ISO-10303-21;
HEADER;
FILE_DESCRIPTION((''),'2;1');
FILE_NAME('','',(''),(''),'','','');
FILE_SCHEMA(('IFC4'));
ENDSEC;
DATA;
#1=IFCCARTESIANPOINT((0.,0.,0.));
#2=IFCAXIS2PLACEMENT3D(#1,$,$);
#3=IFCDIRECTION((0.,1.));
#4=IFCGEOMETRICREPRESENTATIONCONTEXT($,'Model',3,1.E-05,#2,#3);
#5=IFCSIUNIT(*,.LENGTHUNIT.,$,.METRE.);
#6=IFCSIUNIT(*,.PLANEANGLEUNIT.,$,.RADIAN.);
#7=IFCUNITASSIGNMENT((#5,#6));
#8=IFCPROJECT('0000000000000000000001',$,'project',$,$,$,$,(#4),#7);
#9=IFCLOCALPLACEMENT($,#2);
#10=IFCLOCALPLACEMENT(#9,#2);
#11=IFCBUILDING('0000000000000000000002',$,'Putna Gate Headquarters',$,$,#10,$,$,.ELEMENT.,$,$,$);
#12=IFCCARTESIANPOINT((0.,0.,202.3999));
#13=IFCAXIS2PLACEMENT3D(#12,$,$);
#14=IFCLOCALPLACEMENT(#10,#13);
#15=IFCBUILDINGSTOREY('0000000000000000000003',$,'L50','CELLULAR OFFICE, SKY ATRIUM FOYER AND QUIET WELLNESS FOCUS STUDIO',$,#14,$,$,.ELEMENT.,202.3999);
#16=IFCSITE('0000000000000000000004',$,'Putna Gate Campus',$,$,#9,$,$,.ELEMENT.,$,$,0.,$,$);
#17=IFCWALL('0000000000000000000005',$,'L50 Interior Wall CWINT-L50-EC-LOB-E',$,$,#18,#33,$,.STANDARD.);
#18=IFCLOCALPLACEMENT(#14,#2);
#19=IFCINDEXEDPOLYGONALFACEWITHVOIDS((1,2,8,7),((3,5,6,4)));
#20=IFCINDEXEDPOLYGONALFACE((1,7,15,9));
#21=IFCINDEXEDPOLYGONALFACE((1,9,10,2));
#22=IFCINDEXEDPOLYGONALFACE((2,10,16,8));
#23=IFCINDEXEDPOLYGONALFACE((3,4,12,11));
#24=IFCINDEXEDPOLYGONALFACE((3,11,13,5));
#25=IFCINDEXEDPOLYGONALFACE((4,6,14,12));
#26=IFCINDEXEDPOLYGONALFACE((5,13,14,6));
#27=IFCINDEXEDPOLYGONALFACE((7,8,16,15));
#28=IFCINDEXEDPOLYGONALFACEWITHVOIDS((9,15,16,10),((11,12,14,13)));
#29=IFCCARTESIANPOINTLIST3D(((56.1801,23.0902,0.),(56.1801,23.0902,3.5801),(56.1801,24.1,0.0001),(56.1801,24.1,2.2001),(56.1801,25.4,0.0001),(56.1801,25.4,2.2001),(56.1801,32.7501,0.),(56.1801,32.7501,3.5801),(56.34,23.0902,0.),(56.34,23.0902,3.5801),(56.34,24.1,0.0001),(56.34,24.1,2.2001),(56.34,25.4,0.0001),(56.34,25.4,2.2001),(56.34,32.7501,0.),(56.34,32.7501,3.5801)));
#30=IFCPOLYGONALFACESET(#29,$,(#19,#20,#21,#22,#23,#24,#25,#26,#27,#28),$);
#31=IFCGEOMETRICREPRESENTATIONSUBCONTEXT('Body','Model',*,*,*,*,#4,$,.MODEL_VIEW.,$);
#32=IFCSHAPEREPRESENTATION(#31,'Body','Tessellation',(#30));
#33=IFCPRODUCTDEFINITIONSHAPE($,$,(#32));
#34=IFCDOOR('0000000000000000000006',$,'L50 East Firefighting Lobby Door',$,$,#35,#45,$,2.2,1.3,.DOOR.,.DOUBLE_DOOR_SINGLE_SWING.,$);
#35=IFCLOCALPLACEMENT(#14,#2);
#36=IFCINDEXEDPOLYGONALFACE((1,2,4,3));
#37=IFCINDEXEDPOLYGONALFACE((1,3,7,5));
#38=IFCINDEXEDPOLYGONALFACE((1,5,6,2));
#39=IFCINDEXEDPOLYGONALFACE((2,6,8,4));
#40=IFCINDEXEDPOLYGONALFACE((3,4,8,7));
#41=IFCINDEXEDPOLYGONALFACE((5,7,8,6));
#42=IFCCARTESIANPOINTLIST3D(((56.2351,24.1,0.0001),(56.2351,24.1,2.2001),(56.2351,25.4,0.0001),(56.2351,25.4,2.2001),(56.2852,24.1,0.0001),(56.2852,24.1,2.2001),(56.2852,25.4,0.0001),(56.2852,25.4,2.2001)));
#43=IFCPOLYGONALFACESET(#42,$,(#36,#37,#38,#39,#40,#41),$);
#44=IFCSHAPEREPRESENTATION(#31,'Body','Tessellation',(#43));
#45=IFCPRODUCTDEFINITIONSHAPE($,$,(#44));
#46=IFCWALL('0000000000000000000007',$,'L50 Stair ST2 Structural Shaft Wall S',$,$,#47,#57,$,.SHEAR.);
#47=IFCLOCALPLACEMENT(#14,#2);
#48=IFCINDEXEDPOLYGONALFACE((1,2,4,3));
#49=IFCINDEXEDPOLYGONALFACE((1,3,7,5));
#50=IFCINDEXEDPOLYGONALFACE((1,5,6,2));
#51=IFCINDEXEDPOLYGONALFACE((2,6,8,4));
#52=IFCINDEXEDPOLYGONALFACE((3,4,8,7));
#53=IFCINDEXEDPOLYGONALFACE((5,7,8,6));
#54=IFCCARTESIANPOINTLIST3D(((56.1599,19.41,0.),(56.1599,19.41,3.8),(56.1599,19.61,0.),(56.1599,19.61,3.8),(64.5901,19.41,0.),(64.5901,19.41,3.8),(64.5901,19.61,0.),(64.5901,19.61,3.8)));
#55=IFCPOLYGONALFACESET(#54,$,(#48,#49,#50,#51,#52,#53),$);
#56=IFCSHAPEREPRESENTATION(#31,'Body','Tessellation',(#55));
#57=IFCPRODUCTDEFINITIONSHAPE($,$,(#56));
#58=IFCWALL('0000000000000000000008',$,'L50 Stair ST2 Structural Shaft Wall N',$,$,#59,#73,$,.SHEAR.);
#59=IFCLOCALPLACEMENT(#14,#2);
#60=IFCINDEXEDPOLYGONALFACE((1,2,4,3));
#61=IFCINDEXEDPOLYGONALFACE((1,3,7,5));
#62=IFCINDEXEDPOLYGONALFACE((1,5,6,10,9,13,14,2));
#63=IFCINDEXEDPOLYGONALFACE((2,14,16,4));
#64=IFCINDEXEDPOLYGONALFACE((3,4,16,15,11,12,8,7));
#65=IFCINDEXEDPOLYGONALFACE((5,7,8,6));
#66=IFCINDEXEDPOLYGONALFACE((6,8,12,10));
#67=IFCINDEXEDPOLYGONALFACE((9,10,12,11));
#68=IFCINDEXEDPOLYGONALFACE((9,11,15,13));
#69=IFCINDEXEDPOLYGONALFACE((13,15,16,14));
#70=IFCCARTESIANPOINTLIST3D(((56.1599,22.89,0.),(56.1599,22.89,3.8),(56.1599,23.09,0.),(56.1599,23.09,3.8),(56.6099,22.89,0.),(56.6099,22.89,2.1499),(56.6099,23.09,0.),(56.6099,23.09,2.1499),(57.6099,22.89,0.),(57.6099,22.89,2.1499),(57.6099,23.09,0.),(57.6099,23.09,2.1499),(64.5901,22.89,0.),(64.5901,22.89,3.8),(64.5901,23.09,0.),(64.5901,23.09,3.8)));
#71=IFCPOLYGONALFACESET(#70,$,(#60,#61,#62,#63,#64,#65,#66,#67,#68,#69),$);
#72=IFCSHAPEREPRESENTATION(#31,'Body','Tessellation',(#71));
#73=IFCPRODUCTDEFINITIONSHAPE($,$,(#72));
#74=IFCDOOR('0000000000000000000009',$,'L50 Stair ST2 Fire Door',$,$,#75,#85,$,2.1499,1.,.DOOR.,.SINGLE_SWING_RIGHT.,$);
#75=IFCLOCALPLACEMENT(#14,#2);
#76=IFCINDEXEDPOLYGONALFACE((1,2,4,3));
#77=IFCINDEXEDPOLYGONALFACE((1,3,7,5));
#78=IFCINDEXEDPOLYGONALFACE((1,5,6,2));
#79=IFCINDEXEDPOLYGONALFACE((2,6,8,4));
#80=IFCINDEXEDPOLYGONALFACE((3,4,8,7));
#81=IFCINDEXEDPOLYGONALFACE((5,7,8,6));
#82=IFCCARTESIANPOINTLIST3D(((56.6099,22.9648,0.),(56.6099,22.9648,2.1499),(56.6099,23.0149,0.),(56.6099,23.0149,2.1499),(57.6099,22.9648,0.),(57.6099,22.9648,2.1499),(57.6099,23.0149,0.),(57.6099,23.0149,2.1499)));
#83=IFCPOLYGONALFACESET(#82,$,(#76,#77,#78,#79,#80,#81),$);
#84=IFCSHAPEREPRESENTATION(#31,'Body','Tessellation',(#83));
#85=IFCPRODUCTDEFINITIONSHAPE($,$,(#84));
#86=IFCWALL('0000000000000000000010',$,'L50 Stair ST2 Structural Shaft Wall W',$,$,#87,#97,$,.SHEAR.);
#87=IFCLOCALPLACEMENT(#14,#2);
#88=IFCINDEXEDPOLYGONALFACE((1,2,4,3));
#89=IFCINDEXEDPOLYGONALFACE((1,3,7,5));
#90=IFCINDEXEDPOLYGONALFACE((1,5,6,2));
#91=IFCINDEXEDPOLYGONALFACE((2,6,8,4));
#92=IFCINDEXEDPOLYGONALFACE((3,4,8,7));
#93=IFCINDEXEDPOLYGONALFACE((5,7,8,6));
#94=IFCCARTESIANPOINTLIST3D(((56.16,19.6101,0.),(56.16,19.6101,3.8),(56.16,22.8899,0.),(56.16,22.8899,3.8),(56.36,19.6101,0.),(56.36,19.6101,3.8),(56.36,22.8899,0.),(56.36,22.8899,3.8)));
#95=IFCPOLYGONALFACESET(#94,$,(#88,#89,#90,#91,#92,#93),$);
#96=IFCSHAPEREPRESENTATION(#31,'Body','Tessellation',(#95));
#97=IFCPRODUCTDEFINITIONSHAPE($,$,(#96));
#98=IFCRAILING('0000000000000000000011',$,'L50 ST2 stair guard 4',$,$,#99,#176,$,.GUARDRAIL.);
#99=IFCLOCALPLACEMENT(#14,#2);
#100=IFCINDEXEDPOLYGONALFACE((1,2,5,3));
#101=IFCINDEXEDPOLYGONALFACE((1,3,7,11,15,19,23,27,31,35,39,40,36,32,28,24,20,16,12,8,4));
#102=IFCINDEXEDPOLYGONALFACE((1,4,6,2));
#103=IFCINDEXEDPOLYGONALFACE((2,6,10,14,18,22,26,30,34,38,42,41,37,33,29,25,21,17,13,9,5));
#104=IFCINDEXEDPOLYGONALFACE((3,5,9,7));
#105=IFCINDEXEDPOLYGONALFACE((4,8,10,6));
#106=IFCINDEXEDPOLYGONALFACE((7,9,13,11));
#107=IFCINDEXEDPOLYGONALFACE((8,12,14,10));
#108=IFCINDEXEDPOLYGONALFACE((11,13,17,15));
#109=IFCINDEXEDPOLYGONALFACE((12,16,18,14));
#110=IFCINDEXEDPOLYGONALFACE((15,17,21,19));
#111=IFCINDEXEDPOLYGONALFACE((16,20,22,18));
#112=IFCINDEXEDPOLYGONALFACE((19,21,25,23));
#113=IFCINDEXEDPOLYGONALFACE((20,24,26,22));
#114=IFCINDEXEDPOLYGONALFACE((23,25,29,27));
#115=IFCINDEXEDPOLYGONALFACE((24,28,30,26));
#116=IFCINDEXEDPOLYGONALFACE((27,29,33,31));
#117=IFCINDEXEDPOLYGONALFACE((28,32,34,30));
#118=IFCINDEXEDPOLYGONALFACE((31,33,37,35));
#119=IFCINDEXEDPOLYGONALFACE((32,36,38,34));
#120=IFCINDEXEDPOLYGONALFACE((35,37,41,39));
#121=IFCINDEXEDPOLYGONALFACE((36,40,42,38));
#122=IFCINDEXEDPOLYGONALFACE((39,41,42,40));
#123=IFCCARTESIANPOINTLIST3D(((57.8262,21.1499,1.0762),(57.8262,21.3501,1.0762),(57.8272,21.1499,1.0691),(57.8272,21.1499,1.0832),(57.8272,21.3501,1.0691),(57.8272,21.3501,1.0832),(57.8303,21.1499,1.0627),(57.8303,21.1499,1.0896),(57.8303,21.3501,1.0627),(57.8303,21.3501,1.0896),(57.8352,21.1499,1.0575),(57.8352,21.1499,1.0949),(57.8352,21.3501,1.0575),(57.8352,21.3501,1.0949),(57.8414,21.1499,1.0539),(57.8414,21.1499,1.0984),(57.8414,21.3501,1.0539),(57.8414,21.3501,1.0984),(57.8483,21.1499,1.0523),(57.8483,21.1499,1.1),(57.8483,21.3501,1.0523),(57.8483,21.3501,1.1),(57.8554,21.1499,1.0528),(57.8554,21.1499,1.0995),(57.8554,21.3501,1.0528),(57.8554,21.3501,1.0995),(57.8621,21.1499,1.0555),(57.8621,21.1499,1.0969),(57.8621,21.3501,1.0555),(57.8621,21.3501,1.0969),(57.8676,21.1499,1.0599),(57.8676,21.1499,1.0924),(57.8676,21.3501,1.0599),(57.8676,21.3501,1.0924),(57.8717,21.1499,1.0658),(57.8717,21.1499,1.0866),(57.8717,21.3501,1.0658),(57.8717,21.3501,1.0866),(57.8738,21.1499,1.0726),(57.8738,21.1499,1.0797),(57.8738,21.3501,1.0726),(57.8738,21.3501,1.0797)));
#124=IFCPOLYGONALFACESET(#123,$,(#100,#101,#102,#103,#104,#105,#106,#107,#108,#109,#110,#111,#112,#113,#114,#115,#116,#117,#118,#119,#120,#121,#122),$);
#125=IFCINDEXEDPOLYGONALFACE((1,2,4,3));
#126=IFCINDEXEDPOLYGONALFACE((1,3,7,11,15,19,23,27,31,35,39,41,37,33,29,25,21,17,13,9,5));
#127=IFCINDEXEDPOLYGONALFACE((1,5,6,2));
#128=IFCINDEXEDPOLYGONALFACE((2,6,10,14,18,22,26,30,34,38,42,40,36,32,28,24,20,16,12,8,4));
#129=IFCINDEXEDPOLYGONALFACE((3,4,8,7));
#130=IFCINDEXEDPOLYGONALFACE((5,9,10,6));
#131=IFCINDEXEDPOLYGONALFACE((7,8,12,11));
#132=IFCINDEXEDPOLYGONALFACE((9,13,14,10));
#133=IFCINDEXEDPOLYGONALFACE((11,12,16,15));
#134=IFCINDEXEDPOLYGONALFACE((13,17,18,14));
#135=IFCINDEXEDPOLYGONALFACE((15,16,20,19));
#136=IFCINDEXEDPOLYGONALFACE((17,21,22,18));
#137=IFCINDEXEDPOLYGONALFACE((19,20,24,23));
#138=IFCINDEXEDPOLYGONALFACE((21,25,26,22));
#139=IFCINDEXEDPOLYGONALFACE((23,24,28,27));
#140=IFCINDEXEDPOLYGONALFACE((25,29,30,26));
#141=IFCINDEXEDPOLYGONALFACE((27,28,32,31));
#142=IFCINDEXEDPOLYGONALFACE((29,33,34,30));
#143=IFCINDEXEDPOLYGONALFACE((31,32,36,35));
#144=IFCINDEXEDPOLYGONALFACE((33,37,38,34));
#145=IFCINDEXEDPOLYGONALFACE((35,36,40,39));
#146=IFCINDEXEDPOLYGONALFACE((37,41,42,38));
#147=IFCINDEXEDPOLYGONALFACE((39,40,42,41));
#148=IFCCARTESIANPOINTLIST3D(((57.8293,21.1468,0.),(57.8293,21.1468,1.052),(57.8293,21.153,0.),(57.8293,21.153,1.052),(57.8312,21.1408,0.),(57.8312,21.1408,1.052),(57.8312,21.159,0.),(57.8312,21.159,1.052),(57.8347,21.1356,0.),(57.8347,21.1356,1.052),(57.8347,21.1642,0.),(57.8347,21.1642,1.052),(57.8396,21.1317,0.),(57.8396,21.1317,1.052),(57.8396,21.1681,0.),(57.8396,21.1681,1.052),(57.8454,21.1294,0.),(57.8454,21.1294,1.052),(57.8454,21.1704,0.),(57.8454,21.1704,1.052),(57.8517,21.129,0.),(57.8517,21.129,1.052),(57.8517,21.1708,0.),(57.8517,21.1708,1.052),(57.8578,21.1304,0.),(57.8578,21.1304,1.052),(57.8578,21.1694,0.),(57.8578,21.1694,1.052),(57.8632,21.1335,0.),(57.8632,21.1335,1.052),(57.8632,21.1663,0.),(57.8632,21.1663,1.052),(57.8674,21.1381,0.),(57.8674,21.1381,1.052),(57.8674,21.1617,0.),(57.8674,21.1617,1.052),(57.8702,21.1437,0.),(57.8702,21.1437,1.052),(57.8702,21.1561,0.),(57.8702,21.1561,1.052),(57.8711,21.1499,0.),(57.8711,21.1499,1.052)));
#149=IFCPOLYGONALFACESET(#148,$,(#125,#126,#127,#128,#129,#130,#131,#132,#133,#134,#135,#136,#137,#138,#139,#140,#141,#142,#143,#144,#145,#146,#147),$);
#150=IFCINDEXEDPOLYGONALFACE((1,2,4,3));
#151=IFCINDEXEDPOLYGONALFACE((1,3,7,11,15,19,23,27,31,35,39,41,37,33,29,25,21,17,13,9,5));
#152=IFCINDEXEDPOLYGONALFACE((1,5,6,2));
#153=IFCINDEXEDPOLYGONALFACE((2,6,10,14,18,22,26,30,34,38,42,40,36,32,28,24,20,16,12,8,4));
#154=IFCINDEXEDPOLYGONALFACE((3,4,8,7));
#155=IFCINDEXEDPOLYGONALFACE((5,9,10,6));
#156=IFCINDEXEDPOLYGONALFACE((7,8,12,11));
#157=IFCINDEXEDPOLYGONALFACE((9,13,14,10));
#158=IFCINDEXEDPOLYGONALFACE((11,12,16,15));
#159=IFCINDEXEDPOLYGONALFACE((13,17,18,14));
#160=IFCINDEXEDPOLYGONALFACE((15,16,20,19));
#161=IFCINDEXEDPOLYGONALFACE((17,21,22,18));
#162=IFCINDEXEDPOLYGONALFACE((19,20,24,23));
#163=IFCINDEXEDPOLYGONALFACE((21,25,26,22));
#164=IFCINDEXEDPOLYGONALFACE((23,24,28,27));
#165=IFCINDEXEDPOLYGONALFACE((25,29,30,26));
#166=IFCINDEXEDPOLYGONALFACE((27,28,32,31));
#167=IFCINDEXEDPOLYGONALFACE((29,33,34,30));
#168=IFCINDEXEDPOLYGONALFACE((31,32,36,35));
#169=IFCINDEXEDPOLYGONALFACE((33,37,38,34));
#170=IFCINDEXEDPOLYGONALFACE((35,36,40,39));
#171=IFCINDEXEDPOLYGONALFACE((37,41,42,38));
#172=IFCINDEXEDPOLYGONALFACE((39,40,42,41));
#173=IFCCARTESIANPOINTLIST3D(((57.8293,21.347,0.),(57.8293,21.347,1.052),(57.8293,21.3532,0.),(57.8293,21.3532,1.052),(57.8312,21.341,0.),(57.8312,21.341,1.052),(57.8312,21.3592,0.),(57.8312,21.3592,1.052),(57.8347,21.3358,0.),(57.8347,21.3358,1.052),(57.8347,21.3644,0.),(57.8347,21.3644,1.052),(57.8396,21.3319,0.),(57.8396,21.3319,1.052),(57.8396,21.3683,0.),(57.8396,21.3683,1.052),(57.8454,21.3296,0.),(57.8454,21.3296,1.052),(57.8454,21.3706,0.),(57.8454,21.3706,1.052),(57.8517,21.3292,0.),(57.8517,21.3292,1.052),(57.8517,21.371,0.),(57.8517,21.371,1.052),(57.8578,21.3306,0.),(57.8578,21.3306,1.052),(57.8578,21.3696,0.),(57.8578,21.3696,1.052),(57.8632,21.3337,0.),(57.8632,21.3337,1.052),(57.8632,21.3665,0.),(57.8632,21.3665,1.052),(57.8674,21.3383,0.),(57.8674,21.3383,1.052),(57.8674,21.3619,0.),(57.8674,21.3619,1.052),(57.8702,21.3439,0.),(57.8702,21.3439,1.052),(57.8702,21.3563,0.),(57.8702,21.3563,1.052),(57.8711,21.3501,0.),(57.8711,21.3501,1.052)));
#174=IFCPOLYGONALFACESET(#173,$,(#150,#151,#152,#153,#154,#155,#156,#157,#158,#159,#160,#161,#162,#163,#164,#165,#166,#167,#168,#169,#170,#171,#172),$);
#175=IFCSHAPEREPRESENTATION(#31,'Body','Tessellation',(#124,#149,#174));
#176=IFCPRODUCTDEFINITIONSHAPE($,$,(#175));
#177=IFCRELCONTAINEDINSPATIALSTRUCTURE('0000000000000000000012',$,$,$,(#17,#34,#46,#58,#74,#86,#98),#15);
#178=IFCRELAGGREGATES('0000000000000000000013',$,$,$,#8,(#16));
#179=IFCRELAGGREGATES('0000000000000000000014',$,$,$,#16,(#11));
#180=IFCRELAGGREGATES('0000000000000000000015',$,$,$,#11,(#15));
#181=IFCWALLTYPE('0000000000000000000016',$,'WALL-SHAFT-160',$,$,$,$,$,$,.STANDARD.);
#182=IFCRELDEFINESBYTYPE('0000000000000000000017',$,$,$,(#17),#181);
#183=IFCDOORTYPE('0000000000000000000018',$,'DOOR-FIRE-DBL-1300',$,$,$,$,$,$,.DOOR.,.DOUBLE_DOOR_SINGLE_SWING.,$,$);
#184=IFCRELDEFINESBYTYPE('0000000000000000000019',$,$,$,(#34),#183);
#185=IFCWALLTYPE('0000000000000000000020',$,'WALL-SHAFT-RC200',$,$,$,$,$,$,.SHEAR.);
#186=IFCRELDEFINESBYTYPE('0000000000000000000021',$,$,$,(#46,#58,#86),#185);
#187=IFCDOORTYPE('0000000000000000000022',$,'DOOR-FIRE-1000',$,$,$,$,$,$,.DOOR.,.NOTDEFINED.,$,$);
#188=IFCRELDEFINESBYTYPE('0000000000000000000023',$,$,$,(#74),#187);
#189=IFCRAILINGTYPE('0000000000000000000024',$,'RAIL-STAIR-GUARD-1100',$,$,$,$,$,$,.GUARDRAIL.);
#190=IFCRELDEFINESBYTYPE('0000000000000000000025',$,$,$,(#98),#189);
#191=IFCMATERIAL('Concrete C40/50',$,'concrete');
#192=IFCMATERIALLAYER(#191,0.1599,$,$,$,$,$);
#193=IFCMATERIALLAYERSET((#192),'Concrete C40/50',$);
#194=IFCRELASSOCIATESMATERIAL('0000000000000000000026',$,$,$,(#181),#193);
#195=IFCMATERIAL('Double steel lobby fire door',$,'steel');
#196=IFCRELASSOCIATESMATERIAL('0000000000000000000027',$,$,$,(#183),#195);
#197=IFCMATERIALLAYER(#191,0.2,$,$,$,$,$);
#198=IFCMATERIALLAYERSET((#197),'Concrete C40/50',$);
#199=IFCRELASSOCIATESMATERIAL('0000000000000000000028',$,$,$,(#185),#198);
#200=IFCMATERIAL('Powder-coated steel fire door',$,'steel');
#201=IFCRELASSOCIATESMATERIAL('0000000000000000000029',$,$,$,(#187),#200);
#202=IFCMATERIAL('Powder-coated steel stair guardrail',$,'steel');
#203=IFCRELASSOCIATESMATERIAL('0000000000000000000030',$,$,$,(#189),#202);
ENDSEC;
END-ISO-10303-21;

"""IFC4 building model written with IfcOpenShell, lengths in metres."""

from ifc_helpers import new_model, si_unit, direction, frame, frame_2d, origin, origin_2d, place, context, subcontext, project, spatial, rectangle, circle, extrude, material, layer, layer_set, type_object, element, fill, save


model = new_model("IFC4")

# Units and contexts
model_context = context("Model", 3, precision=1e-05, world=origin(), true_north=direction((0.0, 1.0)))
body_context = subcontext(model_context, "Body", "Model", "MODEL_VIEW")
ifc_project = project(units=[si_unit("LENGTHUNIT", "METRE"), si_unit("PLANEANGLEUNIT", "RADIAN")], contexts=[model_context])

# Site, building, storey
site_placement = place(None, origin())
site = spatial("IfcSite", under=ifc_project, at=site_placement, Name="Putna Gate Campus", CompositionType="ELEMENT", RefElevation=0.0)
building_placement = place(site_placement, origin())
building = spatial("IfcBuilding", under=site, at=building_placement, Name="Putna Gate Headquarters", CompositionType="ELEMENT")
storey_placement = place(building_placement, frame((0.0, 0.0, 202.3999)))
storey = spatial("IfcBuildingStorey", under=building, at=storey_placement, Name="L50", Description="CELLULAR OFFICE, SKY ATRIUM FOYER AND QUIET WELLNESS FOCUS STUDIO", CompositionType="ELEMENT", Elevation=202.3999)

# Shared definitions
ifc_material_1 = material(Name="Concrete C40/50", Category="concrete")
ifc_layer_1 = layer(ifc_material_1, 0.1599)
ifc_layer_set_1 = layer_set([ifc_layer_1], Name="Concrete C40/50")
wall_type_1 = type_object("IfcWallType", Name="WALL-SHAFT-160", PredefinedType="STANDARD", material=ifc_layer_set_1)

# Wall, opening, door
wall_1_placement = place(storey_placement, frame((56.26, 23.0901, 0.0), z_axis=(0.0, 0.0, 1.0), x_axis=(0.0, 1.0, 0.0)))
wall_1 = element("IfcWall", 1, at=wall_1_placement, inside=storey, type_object=wall_type_1, Name="L50 Interior Wall CWINT-L50-EC-LOB-E", PredefinedType="STANDARD", context=body_context, shape_type="SweptSolid", body=[
    extrude(rectangle(XDim=9.6599, YDim=0.1599, at=frame_2d((4.8301, 0.0))), origin(), (0.0, 0.0, 1.0), 3.5801),
])
opening_1_placement = place(wall_1_placement, frame((1.01, 0.0, 0.0)))
opening_1 = element("IfcOpeningElement", 2, at=opening_1_placement, cuts=wall_1, PredefinedType="OPENING", context=body_context, shape_type="SweptSolid", body=[
    extrude(rectangle(XDim=1.3, YDim=2.2, at=frame_2d((0.6499, 1.1001))), frame((0.0, 0.0898, 0.0), z_axis=(0.0, -1.0, 0.0), x_axis=(1.0, 0.0, 0.0)), (0.0, 0.0, 1.0), 0.1799),
])
ifc_material_2 = material(Name="Double steel lobby fire door", Category="steel")
door_type_1 = type_object("IfcDoorType", Name="DOOR-FIRE-DBL-1300", OperationType="DOUBLE_DOOR_SINGLE_SWING", PredefinedType="DOOR", material=ifc_material_2)
door_1_placement = place(opening_1_placement, origin())
door_1 = element("IfcDoor", 3, at=door_1_placement, inside=storey, type_object=door_type_1, Name="L50 East Firefighting Lobby Door", OperationType="DOUBLE_DOOR_SINGLE_SWING", OverallHeight=2.2, OverallWidth=1.3, PredefinedType="DOOR", context=body_context, shape_type="SweptSolid", body=[
    extrude(rectangle(XDim=1.3, YDim=2.2, at=frame_2d((0.6499, 1.1001))), frame((0.0, 0.0249, 0.0), z_axis=(0.0, -1.0, 0.0), x_axis=(1.0, 0.0, 0.0)), (0.0, 0.0, 1.0), 0.05),
])
fill(opening_1, door_1)

# Wall
ifc_layer_2 = layer(ifc_material_1, 0.2)
ifc_layer_set_2 = layer_set([ifc_layer_2], Name="Concrete C40/50")
wall_type_2 = type_object("IfcWallType", Name="WALL-SHAFT-RC200", PredefinedType="SHEAR", material=ifc_layer_set_2)
wall_2_placement = place(storey_placement, frame((56.1599, 19.51, 0.0), z_axis=(0.0, 0.0, 1.0), x_axis=(1.0, 0.0, 0.0)))
element("IfcWall", 4, at=wall_2_placement, inside=storey, type_object=wall_type_2, Name="L50 Stair ST2 Structural Shaft Wall S", PredefinedType="SHEAR", context=body_context, shape_type="SweptSolid", body=[
    extrude(rectangle(XDim=8.4302, YDim=0.2, at=frame_2d((4.2151, 0.0))), origin(), (0.0, 0.0, 1.0), 3.8),
])

# Wall, opening, door
wall_3_placement = place(storey_placement, frame((56.1599, 22.99, 0.0), z_axis=(0.0, 0.0, 1.0), x_axis=(1.0, 0.0, 0.0)))
wall_3 = element("IfcWall", 5, at=wall_3_placement, inside=storey, type_object=wall_type_2, Name="L50 Stair ST2 Structural Shaft Wall N", PredefinedType="SHEAR", context=body_context, shape_type="SweptSolid", body=[
    extrude(rectangle(XDim=8.4302, YDim=0.2, at=frame_2d((4.2151, 0.0))), origin(), (0.0, 0.0, 1.0), 3.8),
])
opening_2_placement = place(wall_3_placement, frame((0.45, 0.0, 0.0)))
opening_2 = element("IfcOpeningElement", 6, at=opening_2_placement, cuts=wall_3, PredefinedType="OPENING", context=body_context, shape_type="SweptSolid", body=[
    extrude(rectangle(XDim=1.0, YDim=2.1499, at=frame_2d((0.5, 1.075))), frame((0.0, 0.1099, 0.0), z_axis=(0.0, -1.0, 0.0), x_axis=(1.0, 0.0, 0.0)), (0.0, 0.0, 1.0), 0.22),
])
ifc_material_3 = material(Name="Powder-coated steel fire door", Category="steel")
door_type_2 = type_object("IfcDoorType", Name="DOOR-FIRE-1000", OperationType="NOTDEFINED", PredefinedType="DOOR", material=ifc_material_3)
door_2_placement = place(opening_2_placement, origin())
door_2 = element("IfcDoor", 7, at=door_2_placement, inside=storey, type_object=door_type_2, Name="L50 Stair ST2 Fire Door", OperationType="SINGLE_SWING_RIGHT", OverallHeight=2.1499, OverallWidth=1.0, PredefinedType="DOOR", context=body_context, shape_type="SweptSolid", body=[
    extrude(rectangle(XDim=1.0, YDim=2.1499, at=frame_2d((0.5, 1.075))), frame((0.0, 0.0249, 0.0), z_axis=(0.0, -1.0, 0.0), x_axis=(1.0, 0.0, 0.0)), (0.0, 0.0, 1.0), 0.05),
])
fill(opening_2, door_2)

# Wall
wall_4_placement = place(storey_placement, frame((56.26, 19.6101, 0.0), z_axis=(0.0, 0.0, 1.0), x_axis=(0.0, 1.0, 0.0)))
element("IfcWall", 8, at=wall_4_placement, inside=storey, type_object=wall_type_2, Name="L50 Stair ST2 Structural Shaft Wall W", PredefinedType="SHEAR", context=body_context, shape_type="SweptSolid", body=[
    extrude(rectangle(XDim=3.2798, YDim=0.2, at=frame_2d((1.6399, 0.0))), origin(), (0.0, 0.0, 1.0), 3.8),
])

# Railing
ifc_material_4 = material(Name="Powder-coated steel stair guardrail", Category="steel")
railing_type_1 = type_object("IfcRailingType", Name="RAIL-STAIR-GUARD-1100", PredefinedType="GUARDRAIL", material=ifc_material_4)
railing_1_placement = place(storey_placement, frame((57.8501, 21.1499, 0.0)))
element("IfcRailing", 9, at=railing_1_placement, inside=storey, type_object=railing_type_1, Name="L50 ST2 stair guard 4", PredefinedType="GUARDRAIL", context=body_context, shape_type="SweptSolid", body=[
    extrude(circle(Radius=0.0239, at=origin_2d()), frame((0.0, 0.0, 1.0762), z_axis=(0.0, 1.0, 0.0), x_axis=(-1.0, 0.0, 0.0)), (0.0, 0.0, 1.0), 0.2002),
    extrude(circle(Radius=0.021, at=origin_2d()), origin(), (0.0, 0.0, 1.0), 1.052),
    extrude(circle(Radius=0.021, at=origin_2d()), frame((0.0, 0.2002, 0.0)), (0.0, 0.0, 1.0), 1.052),
])

save(model, "model.ifc")
